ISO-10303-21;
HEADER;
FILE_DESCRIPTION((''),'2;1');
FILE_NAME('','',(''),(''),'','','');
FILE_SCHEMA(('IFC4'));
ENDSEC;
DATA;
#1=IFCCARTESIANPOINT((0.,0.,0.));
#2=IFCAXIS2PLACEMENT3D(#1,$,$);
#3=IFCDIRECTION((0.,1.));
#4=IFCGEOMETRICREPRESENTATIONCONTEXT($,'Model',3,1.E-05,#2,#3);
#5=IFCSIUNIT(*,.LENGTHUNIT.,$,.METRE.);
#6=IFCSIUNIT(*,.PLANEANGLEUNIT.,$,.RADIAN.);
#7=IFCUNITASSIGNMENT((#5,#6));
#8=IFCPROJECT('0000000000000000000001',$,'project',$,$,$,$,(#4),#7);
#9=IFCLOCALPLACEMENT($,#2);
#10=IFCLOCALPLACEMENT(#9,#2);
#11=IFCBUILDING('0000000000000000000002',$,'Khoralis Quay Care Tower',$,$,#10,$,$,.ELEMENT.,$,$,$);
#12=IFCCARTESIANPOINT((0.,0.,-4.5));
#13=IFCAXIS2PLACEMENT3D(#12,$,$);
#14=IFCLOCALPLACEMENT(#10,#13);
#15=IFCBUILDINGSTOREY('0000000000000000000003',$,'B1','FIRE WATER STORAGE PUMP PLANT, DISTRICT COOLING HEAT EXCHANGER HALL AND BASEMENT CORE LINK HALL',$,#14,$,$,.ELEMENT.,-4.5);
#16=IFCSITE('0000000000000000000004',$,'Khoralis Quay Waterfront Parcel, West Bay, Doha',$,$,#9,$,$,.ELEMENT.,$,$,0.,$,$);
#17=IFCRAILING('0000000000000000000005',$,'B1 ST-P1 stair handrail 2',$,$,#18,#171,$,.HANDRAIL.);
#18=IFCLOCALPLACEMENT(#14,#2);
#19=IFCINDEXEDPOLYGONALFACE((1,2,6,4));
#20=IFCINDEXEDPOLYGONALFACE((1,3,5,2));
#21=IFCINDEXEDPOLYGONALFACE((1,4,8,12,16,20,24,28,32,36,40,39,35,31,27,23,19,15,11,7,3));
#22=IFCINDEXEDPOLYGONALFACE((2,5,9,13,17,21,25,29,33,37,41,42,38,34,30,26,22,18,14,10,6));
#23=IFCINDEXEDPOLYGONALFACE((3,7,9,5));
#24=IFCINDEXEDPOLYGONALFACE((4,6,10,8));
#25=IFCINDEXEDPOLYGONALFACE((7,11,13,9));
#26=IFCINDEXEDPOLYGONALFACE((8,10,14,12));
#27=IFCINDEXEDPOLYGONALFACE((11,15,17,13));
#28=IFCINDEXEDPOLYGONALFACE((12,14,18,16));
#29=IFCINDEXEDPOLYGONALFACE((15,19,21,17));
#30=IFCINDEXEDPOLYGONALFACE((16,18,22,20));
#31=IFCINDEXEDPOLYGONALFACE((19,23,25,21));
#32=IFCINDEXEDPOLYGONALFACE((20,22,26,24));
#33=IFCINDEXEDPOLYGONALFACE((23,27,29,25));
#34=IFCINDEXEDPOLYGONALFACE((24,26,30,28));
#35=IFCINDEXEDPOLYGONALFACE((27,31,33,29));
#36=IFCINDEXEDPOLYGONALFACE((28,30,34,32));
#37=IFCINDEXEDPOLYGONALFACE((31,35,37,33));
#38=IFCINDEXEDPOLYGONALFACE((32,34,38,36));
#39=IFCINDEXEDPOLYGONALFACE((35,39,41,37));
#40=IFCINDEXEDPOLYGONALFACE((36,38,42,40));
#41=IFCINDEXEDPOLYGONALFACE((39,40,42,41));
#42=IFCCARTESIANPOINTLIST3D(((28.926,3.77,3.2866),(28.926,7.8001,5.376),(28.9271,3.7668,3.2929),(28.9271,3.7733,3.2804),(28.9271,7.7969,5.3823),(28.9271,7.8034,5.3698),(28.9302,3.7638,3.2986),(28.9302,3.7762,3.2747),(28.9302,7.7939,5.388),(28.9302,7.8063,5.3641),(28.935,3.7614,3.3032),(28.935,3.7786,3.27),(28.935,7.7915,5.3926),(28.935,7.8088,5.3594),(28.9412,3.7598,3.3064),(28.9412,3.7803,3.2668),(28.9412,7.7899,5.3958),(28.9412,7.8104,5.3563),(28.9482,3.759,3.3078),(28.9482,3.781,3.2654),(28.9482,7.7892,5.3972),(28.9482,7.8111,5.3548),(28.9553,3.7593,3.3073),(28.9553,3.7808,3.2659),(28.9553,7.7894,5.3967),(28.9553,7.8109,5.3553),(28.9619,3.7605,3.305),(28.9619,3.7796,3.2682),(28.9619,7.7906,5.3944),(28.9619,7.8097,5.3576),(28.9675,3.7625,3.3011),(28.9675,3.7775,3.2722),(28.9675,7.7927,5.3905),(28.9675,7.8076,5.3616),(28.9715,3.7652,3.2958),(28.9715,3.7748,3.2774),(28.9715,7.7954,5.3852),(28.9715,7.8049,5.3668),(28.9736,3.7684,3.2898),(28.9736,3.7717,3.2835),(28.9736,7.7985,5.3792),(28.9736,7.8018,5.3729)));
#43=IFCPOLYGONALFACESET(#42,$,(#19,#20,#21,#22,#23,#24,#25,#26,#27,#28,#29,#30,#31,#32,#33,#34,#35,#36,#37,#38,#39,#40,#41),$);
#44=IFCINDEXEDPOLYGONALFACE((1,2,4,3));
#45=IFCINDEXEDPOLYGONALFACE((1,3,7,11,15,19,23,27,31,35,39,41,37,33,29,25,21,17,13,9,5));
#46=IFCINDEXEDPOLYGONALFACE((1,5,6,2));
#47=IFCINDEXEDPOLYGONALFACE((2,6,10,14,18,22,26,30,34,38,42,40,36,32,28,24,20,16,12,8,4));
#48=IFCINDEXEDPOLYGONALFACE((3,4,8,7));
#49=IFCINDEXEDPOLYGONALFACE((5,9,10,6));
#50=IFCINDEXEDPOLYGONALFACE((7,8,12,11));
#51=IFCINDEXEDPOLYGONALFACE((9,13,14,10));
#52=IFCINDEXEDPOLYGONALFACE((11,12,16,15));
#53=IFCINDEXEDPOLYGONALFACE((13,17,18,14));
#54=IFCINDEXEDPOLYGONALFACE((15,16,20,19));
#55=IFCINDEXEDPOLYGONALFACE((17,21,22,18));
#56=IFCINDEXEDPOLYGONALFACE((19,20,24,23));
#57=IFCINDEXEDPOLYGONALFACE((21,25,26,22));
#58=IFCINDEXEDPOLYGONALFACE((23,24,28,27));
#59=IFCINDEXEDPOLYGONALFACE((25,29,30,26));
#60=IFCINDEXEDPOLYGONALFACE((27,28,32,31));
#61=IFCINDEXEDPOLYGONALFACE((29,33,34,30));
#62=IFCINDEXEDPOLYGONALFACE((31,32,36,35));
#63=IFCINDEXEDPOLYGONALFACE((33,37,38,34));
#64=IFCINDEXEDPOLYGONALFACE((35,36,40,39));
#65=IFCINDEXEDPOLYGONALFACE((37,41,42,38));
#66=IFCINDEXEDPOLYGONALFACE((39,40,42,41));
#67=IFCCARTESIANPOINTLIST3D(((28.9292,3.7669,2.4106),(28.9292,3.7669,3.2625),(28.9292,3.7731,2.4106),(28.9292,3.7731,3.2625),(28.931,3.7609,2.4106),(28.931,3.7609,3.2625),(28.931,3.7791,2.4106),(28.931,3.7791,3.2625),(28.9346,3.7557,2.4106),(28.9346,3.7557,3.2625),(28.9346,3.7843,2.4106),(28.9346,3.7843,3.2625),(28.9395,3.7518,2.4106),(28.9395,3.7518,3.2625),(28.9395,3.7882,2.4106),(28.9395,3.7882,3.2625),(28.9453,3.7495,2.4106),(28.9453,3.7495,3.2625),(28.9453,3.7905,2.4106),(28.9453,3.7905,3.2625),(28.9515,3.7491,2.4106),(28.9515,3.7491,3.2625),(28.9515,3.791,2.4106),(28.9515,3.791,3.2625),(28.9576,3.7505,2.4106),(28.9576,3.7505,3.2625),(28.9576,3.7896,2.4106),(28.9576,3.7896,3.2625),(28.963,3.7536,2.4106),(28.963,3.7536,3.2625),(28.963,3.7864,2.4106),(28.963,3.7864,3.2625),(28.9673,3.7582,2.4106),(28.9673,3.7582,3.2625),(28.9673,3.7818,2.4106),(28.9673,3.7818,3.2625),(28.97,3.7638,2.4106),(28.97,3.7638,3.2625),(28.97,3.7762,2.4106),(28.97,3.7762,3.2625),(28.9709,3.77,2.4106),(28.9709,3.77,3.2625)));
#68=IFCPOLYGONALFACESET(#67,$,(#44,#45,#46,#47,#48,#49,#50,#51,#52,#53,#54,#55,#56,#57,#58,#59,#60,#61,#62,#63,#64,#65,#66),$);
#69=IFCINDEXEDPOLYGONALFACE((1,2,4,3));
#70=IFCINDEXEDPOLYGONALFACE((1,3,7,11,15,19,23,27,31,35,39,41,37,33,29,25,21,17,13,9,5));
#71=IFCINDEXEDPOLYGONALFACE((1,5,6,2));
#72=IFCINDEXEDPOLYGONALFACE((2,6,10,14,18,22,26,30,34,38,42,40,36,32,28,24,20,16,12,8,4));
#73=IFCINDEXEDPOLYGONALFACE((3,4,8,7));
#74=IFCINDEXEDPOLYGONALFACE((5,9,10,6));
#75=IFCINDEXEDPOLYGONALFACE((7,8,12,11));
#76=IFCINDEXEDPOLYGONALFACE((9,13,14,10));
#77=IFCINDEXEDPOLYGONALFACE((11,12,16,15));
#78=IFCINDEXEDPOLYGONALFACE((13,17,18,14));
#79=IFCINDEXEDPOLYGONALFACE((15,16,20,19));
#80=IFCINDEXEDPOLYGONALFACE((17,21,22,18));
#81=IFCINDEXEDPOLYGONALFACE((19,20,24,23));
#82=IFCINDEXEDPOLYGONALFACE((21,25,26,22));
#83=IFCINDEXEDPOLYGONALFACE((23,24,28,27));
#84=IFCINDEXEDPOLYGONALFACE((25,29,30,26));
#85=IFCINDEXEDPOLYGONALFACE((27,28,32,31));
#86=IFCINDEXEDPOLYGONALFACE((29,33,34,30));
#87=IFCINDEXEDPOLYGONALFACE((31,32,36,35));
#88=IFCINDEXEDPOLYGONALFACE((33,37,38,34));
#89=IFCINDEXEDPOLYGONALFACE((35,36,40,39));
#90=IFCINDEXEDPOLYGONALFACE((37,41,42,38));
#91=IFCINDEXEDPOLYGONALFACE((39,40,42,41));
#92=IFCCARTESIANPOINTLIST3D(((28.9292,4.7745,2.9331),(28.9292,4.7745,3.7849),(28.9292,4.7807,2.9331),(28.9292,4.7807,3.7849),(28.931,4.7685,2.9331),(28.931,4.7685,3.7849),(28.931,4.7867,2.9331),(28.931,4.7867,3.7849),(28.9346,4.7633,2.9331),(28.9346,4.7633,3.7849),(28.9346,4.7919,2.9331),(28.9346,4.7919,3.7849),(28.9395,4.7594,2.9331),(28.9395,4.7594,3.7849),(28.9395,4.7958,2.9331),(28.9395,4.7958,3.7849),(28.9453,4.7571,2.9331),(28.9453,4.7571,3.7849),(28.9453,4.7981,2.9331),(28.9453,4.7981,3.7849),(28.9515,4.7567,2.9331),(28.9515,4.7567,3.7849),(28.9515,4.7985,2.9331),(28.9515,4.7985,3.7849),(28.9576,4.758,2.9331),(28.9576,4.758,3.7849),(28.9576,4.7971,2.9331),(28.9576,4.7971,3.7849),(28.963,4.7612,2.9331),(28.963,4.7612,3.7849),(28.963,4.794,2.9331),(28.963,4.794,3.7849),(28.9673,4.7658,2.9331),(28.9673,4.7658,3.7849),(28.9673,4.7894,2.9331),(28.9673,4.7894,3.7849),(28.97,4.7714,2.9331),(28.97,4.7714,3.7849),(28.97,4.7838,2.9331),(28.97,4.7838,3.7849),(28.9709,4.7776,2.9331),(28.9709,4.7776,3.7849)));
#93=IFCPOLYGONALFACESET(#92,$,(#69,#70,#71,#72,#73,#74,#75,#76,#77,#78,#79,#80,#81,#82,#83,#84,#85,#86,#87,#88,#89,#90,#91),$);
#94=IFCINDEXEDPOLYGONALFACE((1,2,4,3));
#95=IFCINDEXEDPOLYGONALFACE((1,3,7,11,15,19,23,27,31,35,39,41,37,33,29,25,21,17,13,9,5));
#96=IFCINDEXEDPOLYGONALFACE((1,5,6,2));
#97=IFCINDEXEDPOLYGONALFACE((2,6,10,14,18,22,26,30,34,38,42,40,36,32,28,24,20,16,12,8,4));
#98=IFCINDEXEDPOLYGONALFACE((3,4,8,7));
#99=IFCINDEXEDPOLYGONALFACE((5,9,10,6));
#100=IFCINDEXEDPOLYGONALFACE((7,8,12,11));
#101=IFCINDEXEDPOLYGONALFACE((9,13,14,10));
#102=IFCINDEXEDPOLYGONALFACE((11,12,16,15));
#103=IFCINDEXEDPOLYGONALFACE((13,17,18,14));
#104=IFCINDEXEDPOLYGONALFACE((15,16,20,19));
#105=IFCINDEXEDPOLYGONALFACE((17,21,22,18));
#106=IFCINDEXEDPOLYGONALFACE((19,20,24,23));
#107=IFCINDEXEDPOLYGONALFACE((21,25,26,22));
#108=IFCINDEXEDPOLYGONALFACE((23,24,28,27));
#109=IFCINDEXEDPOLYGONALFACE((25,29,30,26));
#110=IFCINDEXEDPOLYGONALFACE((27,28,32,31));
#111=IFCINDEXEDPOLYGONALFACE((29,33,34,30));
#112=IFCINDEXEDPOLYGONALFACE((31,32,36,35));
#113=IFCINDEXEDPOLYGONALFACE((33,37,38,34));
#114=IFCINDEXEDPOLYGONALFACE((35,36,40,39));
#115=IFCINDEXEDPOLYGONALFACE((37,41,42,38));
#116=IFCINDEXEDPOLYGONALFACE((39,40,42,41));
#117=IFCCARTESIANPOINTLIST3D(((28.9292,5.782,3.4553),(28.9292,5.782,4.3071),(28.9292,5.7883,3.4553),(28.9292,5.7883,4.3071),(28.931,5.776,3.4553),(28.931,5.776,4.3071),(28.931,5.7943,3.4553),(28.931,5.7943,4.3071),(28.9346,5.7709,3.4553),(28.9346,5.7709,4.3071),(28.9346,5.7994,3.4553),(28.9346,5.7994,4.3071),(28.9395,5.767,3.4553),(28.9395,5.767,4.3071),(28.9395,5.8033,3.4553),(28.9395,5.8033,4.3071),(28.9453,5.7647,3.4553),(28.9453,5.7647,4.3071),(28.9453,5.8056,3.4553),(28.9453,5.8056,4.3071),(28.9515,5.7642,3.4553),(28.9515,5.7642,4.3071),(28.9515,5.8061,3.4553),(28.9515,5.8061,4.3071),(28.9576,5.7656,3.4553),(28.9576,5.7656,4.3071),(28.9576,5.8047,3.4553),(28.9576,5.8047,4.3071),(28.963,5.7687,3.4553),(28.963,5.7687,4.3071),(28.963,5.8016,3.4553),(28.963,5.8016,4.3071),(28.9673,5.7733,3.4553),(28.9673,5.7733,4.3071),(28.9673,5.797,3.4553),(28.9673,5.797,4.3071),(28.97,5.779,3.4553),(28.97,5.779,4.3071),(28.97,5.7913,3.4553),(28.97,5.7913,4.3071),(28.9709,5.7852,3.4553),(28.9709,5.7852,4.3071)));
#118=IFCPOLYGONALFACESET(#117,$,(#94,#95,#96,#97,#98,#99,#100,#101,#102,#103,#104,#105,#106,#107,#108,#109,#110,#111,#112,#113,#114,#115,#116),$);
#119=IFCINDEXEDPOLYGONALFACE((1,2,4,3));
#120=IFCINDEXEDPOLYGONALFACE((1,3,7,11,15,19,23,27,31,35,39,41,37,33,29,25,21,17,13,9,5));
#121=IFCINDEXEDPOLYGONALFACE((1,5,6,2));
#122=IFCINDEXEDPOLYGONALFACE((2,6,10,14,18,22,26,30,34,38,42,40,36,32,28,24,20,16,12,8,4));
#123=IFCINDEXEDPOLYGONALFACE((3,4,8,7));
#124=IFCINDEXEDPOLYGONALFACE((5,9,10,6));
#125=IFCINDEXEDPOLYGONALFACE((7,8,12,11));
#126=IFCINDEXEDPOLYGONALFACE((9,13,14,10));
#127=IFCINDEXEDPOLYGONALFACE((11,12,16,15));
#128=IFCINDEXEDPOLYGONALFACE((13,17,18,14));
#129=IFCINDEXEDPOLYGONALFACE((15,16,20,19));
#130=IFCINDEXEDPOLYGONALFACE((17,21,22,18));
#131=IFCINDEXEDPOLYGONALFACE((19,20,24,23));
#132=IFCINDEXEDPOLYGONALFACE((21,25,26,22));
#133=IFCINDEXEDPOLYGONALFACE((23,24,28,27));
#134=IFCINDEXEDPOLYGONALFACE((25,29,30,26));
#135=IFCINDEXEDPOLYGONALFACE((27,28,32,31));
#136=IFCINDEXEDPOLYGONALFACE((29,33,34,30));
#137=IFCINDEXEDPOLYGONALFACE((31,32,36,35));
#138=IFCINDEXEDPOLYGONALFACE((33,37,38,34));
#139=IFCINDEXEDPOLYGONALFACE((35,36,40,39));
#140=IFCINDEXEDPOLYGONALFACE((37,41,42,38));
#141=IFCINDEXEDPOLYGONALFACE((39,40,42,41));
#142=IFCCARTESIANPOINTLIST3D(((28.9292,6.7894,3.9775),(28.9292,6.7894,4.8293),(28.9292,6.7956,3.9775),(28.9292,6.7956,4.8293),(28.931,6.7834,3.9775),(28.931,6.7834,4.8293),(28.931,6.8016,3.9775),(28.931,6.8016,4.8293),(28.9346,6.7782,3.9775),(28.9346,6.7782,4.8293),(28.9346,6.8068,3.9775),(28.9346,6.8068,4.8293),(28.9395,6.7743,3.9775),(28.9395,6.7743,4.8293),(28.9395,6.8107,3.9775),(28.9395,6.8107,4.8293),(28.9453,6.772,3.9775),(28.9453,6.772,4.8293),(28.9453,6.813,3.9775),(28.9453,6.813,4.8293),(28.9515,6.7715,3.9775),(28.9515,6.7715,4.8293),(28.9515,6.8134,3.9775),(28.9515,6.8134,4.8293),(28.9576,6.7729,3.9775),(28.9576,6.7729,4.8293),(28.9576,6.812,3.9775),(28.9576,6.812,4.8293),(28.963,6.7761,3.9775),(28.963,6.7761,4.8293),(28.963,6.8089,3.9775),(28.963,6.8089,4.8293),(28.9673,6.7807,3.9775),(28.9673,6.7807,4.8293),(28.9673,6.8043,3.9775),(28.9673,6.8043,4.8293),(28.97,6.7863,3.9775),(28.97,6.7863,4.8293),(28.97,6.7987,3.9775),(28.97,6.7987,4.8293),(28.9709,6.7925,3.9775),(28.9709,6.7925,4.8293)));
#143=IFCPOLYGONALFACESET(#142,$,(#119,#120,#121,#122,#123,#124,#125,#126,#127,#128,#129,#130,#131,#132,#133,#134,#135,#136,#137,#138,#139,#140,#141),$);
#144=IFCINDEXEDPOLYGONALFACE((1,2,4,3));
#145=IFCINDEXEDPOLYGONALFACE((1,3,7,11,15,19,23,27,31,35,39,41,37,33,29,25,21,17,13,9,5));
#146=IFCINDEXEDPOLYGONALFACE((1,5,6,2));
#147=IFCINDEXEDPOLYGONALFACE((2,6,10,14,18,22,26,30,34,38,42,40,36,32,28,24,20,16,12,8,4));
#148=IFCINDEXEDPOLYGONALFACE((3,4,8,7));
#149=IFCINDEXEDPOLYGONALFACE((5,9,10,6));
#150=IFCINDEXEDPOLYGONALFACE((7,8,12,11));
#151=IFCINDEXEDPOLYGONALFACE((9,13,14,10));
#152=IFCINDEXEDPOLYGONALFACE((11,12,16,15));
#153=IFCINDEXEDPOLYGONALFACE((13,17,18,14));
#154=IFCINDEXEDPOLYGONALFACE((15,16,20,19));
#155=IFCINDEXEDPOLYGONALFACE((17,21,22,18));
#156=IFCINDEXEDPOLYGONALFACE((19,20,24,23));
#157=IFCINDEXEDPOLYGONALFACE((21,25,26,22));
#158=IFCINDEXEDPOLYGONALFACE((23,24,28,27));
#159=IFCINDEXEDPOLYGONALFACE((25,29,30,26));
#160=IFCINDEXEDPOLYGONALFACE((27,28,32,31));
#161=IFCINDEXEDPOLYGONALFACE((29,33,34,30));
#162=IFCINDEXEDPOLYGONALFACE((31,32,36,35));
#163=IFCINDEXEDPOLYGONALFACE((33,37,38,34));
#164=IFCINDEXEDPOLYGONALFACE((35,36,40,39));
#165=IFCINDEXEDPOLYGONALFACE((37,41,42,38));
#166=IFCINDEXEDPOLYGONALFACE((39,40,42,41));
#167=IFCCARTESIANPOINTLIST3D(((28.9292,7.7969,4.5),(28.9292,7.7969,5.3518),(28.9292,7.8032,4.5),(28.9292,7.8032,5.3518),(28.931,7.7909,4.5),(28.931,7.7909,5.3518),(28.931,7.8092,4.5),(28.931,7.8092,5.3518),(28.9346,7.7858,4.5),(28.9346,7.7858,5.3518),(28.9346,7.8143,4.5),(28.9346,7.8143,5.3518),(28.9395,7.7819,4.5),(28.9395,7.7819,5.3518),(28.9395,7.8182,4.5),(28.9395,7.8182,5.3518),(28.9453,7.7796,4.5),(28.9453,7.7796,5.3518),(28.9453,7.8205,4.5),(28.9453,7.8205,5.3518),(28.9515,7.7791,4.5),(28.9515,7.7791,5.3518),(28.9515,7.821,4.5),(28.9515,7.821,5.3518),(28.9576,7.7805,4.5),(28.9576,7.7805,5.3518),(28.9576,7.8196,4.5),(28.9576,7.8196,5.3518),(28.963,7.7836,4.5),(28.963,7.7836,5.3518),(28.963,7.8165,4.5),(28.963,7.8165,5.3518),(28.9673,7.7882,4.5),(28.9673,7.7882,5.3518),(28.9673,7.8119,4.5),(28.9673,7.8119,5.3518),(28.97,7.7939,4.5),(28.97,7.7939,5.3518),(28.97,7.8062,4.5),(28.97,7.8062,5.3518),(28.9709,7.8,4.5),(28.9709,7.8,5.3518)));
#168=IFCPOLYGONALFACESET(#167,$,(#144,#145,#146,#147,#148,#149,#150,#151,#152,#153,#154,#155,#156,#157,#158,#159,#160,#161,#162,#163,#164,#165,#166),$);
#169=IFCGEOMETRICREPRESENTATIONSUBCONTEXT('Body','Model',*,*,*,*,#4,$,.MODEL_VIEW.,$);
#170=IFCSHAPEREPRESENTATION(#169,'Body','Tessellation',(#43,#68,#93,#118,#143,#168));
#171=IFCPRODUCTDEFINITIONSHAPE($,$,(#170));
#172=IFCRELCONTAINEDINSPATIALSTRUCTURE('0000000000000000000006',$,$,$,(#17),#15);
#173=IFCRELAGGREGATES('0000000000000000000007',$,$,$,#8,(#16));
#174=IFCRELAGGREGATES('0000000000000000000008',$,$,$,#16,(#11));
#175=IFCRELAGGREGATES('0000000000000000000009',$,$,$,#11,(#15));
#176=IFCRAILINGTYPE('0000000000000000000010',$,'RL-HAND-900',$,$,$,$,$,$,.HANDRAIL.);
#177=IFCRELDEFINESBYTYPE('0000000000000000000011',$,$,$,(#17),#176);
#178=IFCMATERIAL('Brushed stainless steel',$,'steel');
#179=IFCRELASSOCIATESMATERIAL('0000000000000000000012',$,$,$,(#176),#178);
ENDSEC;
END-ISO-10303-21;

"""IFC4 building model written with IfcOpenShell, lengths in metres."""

from ifc_helpers import new_model, si_unit, direction, frame, origin, origin_2d, place, context, subcontext, project, spatial, circle, extrude, material, type_object, element, save


model = new_model("IFC4")

# Units and contexts
model_context = context("Model", 3, precision=1e-05, world=origin(), true_north=direction((0.0, 1.0)))
body_context = subcontext(model_context, "Body", "Model", "MODEL_VIEW")
ifc_project = project(units=[si_unit("LENGTHUNIT", "METRE"), si_unit("PLANEANGLEUNIT", "RADIAN")], contexts=[model_context])

# Site, building, storey
site_placement = place(None, origin())
site = spatial("IfcSite", under=ifc_project, at=site_placement, Name="Khoralis Quay Waterfront Parcel, West Bay, Doha", CompositionType="ELEMENT", RefElevation=0.0)
building_placement = place(site_placement, origin())
building = spatial("IfcBuilding", under=site, at=building_placement, Name="Khoralis Quay Care Tower", CompositionType="ELEMENT")
storey_placement = place(building_placement, frame((0.0, 0.0, -4.5)))
storey = spatial("IfcBuildingStorey", under=building, at=storey_placement, Name="B1", Description="FIRE WATER STORAGE PUMP PLANT, DISTRICT COOLING HEAT EXCHANGER HALL AND BASEMENT CORE LINK HALL", CompositionType="ELEMENT", Elevation=-4.5)

# Railing
ifc_material_1 = material(Name="Brushed stainless steel", Category="steel")
railing_type_1 = type_object("IfcRailingType", Name="RL-HAND-900", PredefinedType="HANDRAIL", material=ifc_material_1)
railing_1_placement = place(storey_placement, frame((28.95, 3.77, 2.4106)))
element("IfcRailing", 1, at=railing_1_placement, inside=storey, type_object=railing_type_1, Name="B1 ST-P1 stair handrail 2", PredefinedType="HANDRAIL", context=body_context, shape_type="SweptSolid", body=[
    extrude(circle(Radius=0.0239, at=origin_2d()), frame((0.0, 0.0, 0.876), z_axis=(0.0, 0.887781, 0.460267), x_axis=(-1.0, 0.0, 0.0)), (0.0, 0.0, 1.0), 4.5396),
    extrude(circle(Radius=0.021, at=origin_2d()), origin(), (0.0, 0.0, 1.0), 0.8518),
    extrude(circle(Radius=0.021, at=origin_2d()), frame((0.0, 1.0076, 0.5225)), (0.0, 0.0, 1.0), 0.8518),
    extrude(circle(Radius=0.021, at=origin_2d()), frame((0.0, 2.0151, 1.0447)), (0.0, 0.0, 1.0), 0.8518),
    extrude(circle(Radius=0.021, at=origin_2d()), frame((0.0, 3.0225, 1.5669)), (0.0, 0.0, 1.0), 0.8518),
    extrude(circle(Radius=0.021, at=origin_2d()), frame((0.0, 4.03, 2.0894)), (0.0, 0.0, 1.0), 0.8518),
])

save(model, "model.ifc")
